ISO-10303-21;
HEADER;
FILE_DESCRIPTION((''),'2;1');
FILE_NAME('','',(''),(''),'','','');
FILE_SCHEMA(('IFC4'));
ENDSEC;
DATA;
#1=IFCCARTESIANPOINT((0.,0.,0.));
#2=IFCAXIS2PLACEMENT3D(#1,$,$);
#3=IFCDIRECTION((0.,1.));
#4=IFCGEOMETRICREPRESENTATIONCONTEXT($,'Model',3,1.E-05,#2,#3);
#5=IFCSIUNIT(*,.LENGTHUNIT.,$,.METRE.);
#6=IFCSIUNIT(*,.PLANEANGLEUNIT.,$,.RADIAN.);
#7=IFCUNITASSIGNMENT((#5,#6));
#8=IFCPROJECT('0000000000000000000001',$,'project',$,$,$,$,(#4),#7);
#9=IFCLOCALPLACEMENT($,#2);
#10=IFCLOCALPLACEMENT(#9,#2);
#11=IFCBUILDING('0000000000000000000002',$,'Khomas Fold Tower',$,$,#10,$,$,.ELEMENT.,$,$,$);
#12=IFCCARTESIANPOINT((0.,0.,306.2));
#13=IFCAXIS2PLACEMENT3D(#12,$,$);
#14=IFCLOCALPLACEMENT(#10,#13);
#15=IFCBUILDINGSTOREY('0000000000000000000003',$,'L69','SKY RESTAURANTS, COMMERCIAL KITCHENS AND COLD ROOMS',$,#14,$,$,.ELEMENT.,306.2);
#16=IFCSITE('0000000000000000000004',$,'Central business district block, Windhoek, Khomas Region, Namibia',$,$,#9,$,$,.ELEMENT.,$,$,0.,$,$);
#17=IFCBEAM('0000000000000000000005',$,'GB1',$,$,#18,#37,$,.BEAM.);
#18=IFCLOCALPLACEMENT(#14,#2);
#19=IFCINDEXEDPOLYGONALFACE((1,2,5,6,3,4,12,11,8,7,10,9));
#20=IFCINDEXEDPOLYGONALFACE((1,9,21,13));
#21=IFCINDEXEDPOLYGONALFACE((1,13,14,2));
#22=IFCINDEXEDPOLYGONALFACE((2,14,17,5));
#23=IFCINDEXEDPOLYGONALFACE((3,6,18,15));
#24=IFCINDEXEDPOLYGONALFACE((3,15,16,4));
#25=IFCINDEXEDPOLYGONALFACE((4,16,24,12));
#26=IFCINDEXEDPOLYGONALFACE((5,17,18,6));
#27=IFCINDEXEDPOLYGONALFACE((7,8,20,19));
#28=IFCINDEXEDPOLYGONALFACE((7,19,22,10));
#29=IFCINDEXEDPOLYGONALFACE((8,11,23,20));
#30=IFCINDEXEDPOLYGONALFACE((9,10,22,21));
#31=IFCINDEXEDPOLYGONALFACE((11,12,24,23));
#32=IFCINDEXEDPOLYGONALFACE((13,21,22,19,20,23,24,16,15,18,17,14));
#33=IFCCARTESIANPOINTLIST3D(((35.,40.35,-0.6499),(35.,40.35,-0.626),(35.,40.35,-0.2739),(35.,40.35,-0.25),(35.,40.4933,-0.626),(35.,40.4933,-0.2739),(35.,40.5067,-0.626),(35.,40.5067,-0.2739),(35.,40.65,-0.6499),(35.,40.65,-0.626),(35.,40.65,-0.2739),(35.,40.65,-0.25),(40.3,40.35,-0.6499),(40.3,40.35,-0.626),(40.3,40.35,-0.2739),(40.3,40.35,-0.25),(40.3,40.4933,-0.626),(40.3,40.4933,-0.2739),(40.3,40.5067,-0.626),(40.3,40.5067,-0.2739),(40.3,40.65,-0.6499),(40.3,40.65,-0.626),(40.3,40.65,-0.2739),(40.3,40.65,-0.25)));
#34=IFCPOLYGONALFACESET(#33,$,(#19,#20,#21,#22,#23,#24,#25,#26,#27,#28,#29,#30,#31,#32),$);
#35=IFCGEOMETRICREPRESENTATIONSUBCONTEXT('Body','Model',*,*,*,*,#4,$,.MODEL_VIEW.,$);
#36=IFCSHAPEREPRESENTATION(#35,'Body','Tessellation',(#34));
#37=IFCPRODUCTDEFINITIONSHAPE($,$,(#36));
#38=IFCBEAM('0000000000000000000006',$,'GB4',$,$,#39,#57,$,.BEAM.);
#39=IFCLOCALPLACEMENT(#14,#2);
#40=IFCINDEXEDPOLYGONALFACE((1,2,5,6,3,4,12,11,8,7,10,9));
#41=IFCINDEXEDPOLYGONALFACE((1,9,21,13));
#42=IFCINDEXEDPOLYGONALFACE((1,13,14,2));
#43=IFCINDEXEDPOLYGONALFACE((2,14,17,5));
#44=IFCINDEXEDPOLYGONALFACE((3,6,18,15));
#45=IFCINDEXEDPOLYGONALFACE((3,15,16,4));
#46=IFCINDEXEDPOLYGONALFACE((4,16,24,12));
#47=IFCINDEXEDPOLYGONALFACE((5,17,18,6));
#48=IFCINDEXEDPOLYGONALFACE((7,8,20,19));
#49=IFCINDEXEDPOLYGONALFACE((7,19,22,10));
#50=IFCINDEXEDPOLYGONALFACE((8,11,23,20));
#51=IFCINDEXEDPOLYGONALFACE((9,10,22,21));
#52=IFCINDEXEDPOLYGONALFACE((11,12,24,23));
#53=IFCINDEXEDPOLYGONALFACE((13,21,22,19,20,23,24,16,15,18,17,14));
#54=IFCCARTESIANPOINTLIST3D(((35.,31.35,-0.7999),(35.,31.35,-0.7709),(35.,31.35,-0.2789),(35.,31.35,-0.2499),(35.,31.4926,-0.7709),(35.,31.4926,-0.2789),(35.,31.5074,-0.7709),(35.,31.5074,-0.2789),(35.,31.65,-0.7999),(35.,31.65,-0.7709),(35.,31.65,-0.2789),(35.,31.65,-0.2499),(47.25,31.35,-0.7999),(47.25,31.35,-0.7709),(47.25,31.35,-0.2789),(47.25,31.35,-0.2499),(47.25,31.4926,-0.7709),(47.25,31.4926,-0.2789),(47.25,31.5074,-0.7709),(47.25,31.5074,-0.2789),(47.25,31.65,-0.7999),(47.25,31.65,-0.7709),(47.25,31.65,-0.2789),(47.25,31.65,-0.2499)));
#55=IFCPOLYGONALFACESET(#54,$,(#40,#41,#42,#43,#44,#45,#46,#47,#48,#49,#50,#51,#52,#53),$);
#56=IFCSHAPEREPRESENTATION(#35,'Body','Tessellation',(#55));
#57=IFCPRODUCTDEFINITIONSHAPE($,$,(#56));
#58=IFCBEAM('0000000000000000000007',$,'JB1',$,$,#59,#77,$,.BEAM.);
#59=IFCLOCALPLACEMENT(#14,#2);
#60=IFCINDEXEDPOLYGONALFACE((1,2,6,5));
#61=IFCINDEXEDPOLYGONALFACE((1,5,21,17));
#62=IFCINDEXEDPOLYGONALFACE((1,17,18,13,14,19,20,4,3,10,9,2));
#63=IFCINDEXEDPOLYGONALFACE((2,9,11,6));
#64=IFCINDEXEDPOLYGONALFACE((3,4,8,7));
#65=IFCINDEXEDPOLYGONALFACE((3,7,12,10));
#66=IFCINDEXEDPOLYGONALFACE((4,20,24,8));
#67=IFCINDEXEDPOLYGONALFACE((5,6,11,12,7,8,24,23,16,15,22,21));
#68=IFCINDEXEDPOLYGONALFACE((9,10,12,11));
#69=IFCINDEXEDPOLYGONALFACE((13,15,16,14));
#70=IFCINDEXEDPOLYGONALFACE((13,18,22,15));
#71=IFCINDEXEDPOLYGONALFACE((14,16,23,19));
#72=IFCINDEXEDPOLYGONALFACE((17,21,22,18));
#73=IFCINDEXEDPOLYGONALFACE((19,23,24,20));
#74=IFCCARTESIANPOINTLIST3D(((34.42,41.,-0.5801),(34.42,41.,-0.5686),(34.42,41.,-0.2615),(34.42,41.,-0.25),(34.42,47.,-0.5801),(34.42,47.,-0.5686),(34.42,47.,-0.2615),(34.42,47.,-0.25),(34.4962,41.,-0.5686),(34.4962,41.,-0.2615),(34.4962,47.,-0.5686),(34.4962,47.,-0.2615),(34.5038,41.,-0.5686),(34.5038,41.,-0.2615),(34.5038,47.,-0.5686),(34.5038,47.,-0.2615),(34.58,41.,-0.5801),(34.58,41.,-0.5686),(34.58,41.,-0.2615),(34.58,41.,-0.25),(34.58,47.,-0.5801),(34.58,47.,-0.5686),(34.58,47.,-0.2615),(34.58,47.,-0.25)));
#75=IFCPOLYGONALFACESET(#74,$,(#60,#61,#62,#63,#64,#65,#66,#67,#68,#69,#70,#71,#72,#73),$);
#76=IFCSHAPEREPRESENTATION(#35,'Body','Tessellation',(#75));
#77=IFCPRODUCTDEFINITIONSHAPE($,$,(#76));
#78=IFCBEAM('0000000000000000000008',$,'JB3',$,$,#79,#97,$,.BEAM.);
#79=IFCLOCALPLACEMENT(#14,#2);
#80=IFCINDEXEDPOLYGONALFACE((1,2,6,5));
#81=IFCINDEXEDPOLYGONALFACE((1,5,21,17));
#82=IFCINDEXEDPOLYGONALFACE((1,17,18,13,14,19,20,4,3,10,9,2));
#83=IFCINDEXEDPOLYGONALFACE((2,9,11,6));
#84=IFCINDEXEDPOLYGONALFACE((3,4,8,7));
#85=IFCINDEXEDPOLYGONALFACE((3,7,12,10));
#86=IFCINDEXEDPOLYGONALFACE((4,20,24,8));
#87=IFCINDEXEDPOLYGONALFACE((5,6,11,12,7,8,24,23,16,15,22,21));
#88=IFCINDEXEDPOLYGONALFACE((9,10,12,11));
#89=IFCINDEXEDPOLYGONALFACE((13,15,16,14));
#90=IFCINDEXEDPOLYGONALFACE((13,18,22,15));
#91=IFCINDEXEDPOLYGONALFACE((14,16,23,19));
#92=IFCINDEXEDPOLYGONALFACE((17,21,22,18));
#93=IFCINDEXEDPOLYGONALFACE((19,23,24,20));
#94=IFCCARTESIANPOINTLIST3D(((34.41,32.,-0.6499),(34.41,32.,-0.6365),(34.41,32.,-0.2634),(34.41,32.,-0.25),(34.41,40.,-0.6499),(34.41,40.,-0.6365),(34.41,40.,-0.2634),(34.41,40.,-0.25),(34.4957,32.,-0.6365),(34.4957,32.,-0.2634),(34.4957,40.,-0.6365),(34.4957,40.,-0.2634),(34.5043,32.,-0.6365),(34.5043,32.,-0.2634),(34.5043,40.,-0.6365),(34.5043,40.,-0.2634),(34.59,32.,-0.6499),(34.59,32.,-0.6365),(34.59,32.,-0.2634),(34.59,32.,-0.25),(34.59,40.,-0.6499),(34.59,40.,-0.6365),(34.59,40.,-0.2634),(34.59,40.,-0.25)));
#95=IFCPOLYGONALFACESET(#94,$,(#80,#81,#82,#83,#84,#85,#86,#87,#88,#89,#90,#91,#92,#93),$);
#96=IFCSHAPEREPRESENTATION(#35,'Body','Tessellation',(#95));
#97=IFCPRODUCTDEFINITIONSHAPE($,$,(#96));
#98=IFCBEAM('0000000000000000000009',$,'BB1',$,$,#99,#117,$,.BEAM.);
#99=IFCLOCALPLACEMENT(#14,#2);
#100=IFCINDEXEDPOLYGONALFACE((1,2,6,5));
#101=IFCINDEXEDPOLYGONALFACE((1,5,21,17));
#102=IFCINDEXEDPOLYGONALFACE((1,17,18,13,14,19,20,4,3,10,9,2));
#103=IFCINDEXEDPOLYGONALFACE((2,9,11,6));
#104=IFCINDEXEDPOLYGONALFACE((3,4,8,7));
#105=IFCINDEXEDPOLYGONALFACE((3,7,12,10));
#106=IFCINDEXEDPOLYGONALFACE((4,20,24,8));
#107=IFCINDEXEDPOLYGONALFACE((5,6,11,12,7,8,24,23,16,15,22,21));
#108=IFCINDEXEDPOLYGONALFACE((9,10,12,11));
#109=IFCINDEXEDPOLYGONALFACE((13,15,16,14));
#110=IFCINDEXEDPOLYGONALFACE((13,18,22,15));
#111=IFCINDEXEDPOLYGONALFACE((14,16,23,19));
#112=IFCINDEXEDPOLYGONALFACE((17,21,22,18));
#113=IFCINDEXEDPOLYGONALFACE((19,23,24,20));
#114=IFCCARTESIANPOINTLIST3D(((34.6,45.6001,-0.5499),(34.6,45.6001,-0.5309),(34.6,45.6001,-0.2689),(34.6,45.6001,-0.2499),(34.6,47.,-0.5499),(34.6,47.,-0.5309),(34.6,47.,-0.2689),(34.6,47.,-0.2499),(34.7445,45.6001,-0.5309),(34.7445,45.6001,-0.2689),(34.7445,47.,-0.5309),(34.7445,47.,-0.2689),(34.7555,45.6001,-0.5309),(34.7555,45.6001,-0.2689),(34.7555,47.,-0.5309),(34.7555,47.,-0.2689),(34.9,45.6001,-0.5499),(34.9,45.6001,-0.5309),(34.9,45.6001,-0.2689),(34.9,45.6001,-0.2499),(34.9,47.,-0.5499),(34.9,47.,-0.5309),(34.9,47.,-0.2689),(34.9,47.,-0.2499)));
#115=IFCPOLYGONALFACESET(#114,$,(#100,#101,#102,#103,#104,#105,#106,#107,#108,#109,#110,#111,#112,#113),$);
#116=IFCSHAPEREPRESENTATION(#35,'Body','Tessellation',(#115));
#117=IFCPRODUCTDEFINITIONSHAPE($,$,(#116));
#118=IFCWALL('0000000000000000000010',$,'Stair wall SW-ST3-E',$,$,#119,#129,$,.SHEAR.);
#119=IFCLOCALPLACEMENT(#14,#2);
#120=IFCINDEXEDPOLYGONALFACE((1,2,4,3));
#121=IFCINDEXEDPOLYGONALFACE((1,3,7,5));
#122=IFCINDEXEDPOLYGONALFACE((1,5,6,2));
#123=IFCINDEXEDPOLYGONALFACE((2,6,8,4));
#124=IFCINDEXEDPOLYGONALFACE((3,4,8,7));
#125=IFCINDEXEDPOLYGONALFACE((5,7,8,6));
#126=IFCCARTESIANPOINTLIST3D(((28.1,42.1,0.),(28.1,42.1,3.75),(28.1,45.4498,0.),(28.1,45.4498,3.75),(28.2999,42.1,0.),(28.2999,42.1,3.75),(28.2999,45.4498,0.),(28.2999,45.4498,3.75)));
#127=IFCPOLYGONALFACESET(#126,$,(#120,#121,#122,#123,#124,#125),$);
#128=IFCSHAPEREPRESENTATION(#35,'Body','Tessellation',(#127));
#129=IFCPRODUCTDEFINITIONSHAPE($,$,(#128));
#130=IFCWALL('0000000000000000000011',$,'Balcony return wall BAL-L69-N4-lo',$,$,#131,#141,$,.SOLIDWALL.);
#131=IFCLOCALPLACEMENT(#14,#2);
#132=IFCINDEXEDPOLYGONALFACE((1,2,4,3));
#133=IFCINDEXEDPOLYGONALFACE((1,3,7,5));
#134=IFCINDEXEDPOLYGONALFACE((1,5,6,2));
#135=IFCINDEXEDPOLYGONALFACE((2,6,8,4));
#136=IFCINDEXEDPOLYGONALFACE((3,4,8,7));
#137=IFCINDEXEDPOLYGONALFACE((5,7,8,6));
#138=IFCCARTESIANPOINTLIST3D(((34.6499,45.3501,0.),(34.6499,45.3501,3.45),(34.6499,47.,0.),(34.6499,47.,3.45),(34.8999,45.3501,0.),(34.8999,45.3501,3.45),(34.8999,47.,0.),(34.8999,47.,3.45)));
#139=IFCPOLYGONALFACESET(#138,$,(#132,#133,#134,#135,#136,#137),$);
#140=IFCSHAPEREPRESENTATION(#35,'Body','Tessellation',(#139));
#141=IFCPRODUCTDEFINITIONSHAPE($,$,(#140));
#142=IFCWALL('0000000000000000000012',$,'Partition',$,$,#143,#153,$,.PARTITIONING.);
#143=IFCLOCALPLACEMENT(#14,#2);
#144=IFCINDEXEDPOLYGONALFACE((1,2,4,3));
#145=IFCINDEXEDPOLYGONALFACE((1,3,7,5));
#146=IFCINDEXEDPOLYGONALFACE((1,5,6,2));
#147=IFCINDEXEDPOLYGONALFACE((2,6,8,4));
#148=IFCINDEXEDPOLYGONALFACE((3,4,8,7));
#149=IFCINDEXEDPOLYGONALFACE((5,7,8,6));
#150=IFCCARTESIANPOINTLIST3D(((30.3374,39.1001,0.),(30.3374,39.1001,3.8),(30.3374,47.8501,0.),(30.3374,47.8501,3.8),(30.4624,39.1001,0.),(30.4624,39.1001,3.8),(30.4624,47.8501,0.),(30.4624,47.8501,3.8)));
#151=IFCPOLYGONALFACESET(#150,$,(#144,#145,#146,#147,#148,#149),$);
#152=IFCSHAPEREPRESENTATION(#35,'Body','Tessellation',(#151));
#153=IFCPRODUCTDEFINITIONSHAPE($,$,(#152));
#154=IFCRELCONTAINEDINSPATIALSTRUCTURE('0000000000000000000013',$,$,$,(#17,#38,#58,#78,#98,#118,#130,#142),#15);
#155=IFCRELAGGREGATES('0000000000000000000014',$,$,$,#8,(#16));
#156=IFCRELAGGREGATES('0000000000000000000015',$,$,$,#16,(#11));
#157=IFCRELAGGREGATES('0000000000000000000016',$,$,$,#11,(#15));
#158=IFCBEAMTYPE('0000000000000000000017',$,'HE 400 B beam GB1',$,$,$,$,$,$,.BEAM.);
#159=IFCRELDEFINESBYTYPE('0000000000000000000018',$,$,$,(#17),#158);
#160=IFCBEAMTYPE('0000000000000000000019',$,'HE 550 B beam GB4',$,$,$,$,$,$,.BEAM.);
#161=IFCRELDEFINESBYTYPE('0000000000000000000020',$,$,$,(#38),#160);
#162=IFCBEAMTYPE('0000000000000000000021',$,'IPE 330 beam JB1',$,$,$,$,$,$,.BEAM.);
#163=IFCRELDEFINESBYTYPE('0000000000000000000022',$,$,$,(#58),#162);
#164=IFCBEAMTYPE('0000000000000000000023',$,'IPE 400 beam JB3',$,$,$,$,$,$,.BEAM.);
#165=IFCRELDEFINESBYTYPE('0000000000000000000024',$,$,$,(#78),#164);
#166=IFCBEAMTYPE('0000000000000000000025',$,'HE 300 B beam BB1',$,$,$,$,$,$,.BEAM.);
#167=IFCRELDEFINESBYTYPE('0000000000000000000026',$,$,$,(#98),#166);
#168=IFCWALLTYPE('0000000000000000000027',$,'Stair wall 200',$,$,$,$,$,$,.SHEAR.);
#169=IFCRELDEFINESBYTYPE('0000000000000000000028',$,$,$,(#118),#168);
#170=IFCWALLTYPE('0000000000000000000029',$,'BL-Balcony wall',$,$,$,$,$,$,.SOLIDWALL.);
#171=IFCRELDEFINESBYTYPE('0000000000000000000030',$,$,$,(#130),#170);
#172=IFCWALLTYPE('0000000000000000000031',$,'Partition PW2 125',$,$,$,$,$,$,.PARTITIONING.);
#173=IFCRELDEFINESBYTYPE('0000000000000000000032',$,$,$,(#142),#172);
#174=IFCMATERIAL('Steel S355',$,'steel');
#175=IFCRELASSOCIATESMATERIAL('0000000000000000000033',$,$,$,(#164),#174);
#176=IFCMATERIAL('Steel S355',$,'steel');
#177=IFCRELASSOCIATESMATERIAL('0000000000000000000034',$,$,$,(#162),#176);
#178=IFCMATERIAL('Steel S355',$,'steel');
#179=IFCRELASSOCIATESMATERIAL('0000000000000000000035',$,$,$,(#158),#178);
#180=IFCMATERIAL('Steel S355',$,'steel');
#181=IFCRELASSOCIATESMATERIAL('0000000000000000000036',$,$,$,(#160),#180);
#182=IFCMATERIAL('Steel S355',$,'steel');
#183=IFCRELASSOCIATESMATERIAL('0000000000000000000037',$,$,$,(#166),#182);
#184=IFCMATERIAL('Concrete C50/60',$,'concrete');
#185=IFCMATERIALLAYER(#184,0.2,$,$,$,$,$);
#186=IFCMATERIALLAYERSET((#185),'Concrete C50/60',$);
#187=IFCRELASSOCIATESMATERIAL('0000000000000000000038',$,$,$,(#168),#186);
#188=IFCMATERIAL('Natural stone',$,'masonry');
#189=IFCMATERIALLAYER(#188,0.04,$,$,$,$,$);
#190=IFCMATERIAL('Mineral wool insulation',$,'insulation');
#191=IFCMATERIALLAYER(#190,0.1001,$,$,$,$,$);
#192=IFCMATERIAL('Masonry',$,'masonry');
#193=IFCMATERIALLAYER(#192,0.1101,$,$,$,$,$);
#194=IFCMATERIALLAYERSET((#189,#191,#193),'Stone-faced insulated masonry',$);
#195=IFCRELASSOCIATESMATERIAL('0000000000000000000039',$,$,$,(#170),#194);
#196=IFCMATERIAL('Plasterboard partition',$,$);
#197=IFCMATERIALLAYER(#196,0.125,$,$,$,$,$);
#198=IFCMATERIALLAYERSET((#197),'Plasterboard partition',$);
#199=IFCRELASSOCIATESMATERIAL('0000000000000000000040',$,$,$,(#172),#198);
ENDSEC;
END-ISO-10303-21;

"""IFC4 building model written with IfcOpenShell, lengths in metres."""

from ifc_helpers import new_model, si_unit, direction, frame, frame_2d, origin, origin_2d, place, context, subcontext, project, spatial, rectangle, i_section, extrude, source, transform, mapped, material, layer, layer_set, material_profile, profile_set, type_object, element, save


model = new_model("IFC4")

# Units and contexts
model_context = context("Model", 3, precision=1e-05, world=origin(), true_north=direction((0.0, 1.0)))
body_context = subcontext(model_context, "Body", "Model", "MODEL_VIEW")
ifc_project = project(units=[si_unit("LENGTHUNIT", "METRE"), si_unit("PLANEANGLEUNIT", "RADIAN")], contexts=[model_context])

# Site, building, storey
site_placement = place(None, origin())
site = spatial("IfcSite", under=ifc_project, at=site_placement, Name="Central business district block, Windhoek, Khomas Region, Namibia", CompositionType="ELEMENT", RefElevation=0.0)
building_placement = place(site_placement, origin())
building = spatial("IfcBuilding", under=site, at=building_placement, Name="Khomas Fold Tower", CompositionType="ELEMENT")
storey_placement = place(building_placement, frame((0.0, 0.0, 306.2)))
storey = spatial("IfcBuildingStorey", under=building, at=storey_placement, Name="L69", Description="SKY RESTAURANTS, COMMERCIAL KITCHENS AND COLD ROOMS", CompositionType="ELEMENT", Elevation=306.2)

# Beams
ifc_material_1 = material(Name="Steel S355", Category="steel")
ifc_material_profile_1 = material_profile(ifc_material_1, i_section(OverallWidth=0.1799, OverallDepth=0.3999, WebThickness=0.0085, FlangeThickness=0.0134, at=origin_2d()), Name="IPE 400")
ifc_profile_set_1 = profile_set([ifc_material_profile_1], Name="Steel S355")
beam_type_1 = type_object("IfcBeamType", Name="IPE 400 beam JB3", PredefinedType="BEAM", material=ifc_profile_set_1)
ifc_material_2 = material(Name="Steel S355", Category="steel")
ifc_material_profile_2 = material_profile(ifc_material_2, i_section(OverallWidth=0.1599, OverallDepth=0.3301, WebThickness=0.0076, FlangeThickness=0.0115, at=origin_2d()), Name="IPE 330")
ifc_profile_set_2 = profile_set([ifc_material_profile_2], Name="Steel S355")
beam_type_2 = type_object("IfcBeamType", Name="IPE 330 beam JB1", PredefinedType="BEAM", material=ifc_profile_set_2)
ifc_material_3 = material(Name="Steel S355", Category="steel")
ifc_material_profile_3 = material_profile(ifc_material_3, i_section(OverallWidth=0.3, OverallDepth=0.3999, WebThickness=0.0134, FlangeThickness=0.0239, at=origin_2d()), Name="HE 400 B")
ifc_profile_set_3 = profile_set([ifc_material_profile_3], Name="Steel S355")
beam_type_3 = type_object("IfcBeamType", Name="HE 400 B beam GB1", PredefinedType="BEAM", material=ifc_profile_set_3)
shared_shape_1 = source(origin(), body_context, "Body", "SweptSolid", [
    extrude(i_section(OverallWidth=0.3, OverallDepth=0.3999, WebThickness=0.0134, FlangeThickness=0.0239, at=origin_2d()), origin(), (0.0, 0.0, 1.0), 5.3),
])
beam_1_placement = place(storey_placement, frame((35.0, 40.5, -0.45), z_axis=(1.0, 0.0, 0.0), x_axis=(0.0, 1.0, 0.0)))
element("IfcBeam", 1, at=beam_1_placement, inside=storey, type_object=beam_type_3, Name="GB1", PredefinedType="BEAM", context=body_context, shape_type="MappedRepresentation", body=[
    mapped(shared_shape_1, transform((0.0, 0.0, 0.0))),
])
ifc_material_4 = material(Name="Steel S355", Category="steel")
ifc_material_profile_4 = material_profile(ifc_material_4, i_section(OverallWidth=0.3, OverallDepth=0.55, WebThickness=0.0149, FlangeThickness=0.0291, at=origin_2d()), Name="HE 550 B")
ifc_profile_set_4 = profile_set([ifc_material_profile_4], Name="Steel S355")
beam_type_4 = type_object("IfcBeamType", Name="HE 550 B beam GB4", PredefinedType="BEAM", material=ifc_profile_set_4)
shared_shape_2 = source(origin(), body_context, "Body", "SweptSolid", [
    extrude(i_section(OverallWidth=0.3, OverallDepth=0.55, WebThickness=0.0149, FlangeThickness=0.0291, at=origin_2d()), origin(), (0.0, 0.0, 1.0), 12.25),
])
beam_2_placement = place(storey_placement, frame((35.0, 31.5, -0.5249), z_axis=(1.0, 0.0, 0.0), x_axis=(0.0, 1.0, 0.0)))
element("IfcBeam", 2, at=beam_2_placement, inside=storey, type_object=beam_type_4, Name="GB4", PredefinedType="BEAM", context=body_context, shape_type="MappedRepresentation", body=[
    mapped(shared_shape_2, transform((0.0, 0.0, 0.0))),
])
shared_shape_3 = source(origin(), body_context, "Body", "SweptSolid", [
    extrude(i_section(OverallWidth=0.1599, OverallDepth=0.3301, WebThickness=0.0076, FlangeThickness=0.0115, at=origin_2d()), origin(), (0.0, 0.0, 1.0), 6.0),
])
beam_3_placement = place(storey_placement, frame((34.5, 41.0, -0.415), z_axis=(0.0, 1.0, 0.0), x_axis=(-1.0, 0.0, 0.0)))
element("IfcBeam", 3, at=beam_3_placement, inside=storey, type_object=beam_type_2, Name="JB1", PredefinedType="BEAM", context=body_context, shape_type="MappedRepresentation", body=[
    mapped(shared_shape_3, transform((0.0, 0.0, 0.0))),
])
shared_shape_4 = source(origin(), body_context, "Body", "SweptSolid", [
    extrude(i_section(OverallWidth=0.1799, OverallDepth=0.3999, WebThickness=0.0085, FlangeThickness=0.0134, at=origin_2d()), origin(), (0.0, 0.0, 1.0), 8.0),
])
beam_4_placement = place(storey_placement, frame((34.5, 32.0, -0.45), z_axis=(0.0, 1.0, 0.0), x_axis=(-1.0, 0.0, 0.0)))
element("IfcBeam", 4, at=beam_4_placement, inside=storey, type_object=beam_type_1, Name="JB3", PredefinedType="BEAM", context=body_context, shape_type="MappedRepresentation", body=[
    mapped(shared_shape_4, transform((0.0, 0.0, 0.0))),
])
ifc_material_5 = material(Name="Steel S355", Category="steel")
ifc_material_profile_5 = material_profile(ifc_material_5, i_section(OverallWidth=0.3, OverallDepth=0.3, WebThickness=0.011, FlangeThickness=0.019, at=origin_2d()), Name="HE 300 B")
ifc_profile_set_5 = profile_set([ifc_material_profile_5], Name="Steel S355")
beam_type_5 = type_object("IfcBeamType", Name="HE 300 B beam BB1", PredefinedType="BEAM", material=ifc_profile_set_5)
shared_shape_5 = source(origin(), body_context, "Body", "SweptSolid", [
    extrude(i_section(OverallWidth=0.3, OverallDepth=0.3, WebThickness=0.011, FlangeThickness=0.019, at=origin_2d()), origin(), (0.0, 0.0, 1.0), 1.3999),
])
beam_5_placement = place(storey_placement, frame((34.75, 45.6001, -0.3999), z_axis=(0.0, 1.0, 0.0), x_axis=(-1.0, 0.0, 0.0)))
element("IfcBeam", 5, at=beam_5_placement, inside=storey, type_object=beam_type_5, Name="BB1", PredefinedType="BEAM", context=body_context, shape_type="MappedRepresentation", body=[
    mapped(shared_shape_5, transform((0.0, 0.0, 0.0))),
])

# Wall
ifc_material_6 = material(Name="Concrete C50/60", Category="concrete")
ifc_layer_1 = layer(ifc_material_6, 0.2)
ifc_layer_set_1 = layer_set([ifc_layer_1], Name="Concrete C50/60")
wall_type_1 = type_object("IfcWallType", Name="Stair wall 200", PredefinedType="SHEAR", material=ifc_layer_set_1)
shared_shape_6 = source(origin(), body_context, "Body", "SweptSolid", [
    extrude(rectangle(XDim=3.3499, YDim=0.2, at=frame_2d((1.6748, 0.0))), origin(), (0.0, 0.0, 1.0), 3.75),
])
wall_1_placement = place(storey_placement, frame((28.2, 42.1001, 0.0), z_axis=(0.0, 0.0, 1.0), x_axis=(0.0, 1.0, 0.0)))
element("IfcWall", 6, at=wall_1_placement, inside=storey, type_object=wall_type_1, Name="Stair wall SW-ST3-E", PredefinedType="SHEAR", context=body_context, shape_type="MappedRepresentation", body=[
    mapped(shared_shape_6, transform((0.0, 0.0, 0.0))),
])

# Shared definitions
ifc_material_7 = material(Name="Natural stone", Category="masonry")
ifc_layer_2 = layer(ifc_material_7, 0.04)
ifc_material_8 = material(Name="Mineral wool insulation", Category="insulation")
ifc_layer_3 = layer(ifc_material_8, 0.1001)
ifc_material_9 = material(Name="Masonry", Category="masonry")
ifc_layer_4 = layer(ifc_material_9, 0.1101)
ifc_layer_set_2 = layer_set([ifc_layer_2, ifc_layer_3, ifc_layer_4], Name="Stone-faced insulated masonry")
wall_type_2 = type_object("IfcWallType", Name="BL-Balcony wall", PredefinedType="SOLIDWALL", material=ifc_layer_set_2)

# Walls
shared_shape_7 = source(origin(), body_context, "Body", "SweptSolid", [
    extrude(rectangle(XDim=1.6499, YDim=0.25, at=frame_2d((0.825, 0.0))), origin(), (0.0, 0.0, 1.0), 3.45),
])
wall_2_placement = place(storey_placement, frame((34.7749, 47.0, 0.0), z_axis=(0.0, 0.0, 1.0), x_axis=(0.0, -1.0, 0.0)))
element("IfcWall", 7, at=wall_2_placement, inside=storey, type_object=wall_type_2, Name="Balcony return wall BAL-L69-N4-lo", PredefinedType="SOLIDWALL", context=body_context, shape_type="MappedRepresentation", body=[
    mapped(shared_shape_7, transform((0.0, 0.0, 0.0))),
])
ifc_material_10 = material(Name="Plasterboard partition")
ifc_layer_5 = layer(ifc_material_10, 0.125)
ifc_layer_set_3 = layer_set([ifc_layer_5], Name="Plasterboard partition")
wall_type_3 = type_object("IfcWallType", Name="Partition PW2 125", PredefinedType="PARTITIONING", material=ifc_layer_set_3)
shared_shape_8 = source(origin(), body_context, "Body", "SweptSolid", [
    extrude(rectangle(XDim=8.75, YDim=0.125, at=frame_2d((4.375, 0.0))), origin(), (0.0, 0.0, 1.0), 3.8),
])
wall_3_placement = place(storey_placement, frame((30.3999, 39.1001, 0.0), z_axis=(0.0, 0.0, 1.0), x_axis=(0.0, 1.0, 0.0)))
element("IfcWall", 8, at=wall_3_placement, inside=storey, type_object=wall_type_3, Name="Partition", PredefinedType="PARTITIONING", context=body_context, shape_type="MappedRepresentation", body=[
    mapped(shared_shape_8, transform((0.0, 0.0, 0.0))),
])

save(model, "model.ifc")
